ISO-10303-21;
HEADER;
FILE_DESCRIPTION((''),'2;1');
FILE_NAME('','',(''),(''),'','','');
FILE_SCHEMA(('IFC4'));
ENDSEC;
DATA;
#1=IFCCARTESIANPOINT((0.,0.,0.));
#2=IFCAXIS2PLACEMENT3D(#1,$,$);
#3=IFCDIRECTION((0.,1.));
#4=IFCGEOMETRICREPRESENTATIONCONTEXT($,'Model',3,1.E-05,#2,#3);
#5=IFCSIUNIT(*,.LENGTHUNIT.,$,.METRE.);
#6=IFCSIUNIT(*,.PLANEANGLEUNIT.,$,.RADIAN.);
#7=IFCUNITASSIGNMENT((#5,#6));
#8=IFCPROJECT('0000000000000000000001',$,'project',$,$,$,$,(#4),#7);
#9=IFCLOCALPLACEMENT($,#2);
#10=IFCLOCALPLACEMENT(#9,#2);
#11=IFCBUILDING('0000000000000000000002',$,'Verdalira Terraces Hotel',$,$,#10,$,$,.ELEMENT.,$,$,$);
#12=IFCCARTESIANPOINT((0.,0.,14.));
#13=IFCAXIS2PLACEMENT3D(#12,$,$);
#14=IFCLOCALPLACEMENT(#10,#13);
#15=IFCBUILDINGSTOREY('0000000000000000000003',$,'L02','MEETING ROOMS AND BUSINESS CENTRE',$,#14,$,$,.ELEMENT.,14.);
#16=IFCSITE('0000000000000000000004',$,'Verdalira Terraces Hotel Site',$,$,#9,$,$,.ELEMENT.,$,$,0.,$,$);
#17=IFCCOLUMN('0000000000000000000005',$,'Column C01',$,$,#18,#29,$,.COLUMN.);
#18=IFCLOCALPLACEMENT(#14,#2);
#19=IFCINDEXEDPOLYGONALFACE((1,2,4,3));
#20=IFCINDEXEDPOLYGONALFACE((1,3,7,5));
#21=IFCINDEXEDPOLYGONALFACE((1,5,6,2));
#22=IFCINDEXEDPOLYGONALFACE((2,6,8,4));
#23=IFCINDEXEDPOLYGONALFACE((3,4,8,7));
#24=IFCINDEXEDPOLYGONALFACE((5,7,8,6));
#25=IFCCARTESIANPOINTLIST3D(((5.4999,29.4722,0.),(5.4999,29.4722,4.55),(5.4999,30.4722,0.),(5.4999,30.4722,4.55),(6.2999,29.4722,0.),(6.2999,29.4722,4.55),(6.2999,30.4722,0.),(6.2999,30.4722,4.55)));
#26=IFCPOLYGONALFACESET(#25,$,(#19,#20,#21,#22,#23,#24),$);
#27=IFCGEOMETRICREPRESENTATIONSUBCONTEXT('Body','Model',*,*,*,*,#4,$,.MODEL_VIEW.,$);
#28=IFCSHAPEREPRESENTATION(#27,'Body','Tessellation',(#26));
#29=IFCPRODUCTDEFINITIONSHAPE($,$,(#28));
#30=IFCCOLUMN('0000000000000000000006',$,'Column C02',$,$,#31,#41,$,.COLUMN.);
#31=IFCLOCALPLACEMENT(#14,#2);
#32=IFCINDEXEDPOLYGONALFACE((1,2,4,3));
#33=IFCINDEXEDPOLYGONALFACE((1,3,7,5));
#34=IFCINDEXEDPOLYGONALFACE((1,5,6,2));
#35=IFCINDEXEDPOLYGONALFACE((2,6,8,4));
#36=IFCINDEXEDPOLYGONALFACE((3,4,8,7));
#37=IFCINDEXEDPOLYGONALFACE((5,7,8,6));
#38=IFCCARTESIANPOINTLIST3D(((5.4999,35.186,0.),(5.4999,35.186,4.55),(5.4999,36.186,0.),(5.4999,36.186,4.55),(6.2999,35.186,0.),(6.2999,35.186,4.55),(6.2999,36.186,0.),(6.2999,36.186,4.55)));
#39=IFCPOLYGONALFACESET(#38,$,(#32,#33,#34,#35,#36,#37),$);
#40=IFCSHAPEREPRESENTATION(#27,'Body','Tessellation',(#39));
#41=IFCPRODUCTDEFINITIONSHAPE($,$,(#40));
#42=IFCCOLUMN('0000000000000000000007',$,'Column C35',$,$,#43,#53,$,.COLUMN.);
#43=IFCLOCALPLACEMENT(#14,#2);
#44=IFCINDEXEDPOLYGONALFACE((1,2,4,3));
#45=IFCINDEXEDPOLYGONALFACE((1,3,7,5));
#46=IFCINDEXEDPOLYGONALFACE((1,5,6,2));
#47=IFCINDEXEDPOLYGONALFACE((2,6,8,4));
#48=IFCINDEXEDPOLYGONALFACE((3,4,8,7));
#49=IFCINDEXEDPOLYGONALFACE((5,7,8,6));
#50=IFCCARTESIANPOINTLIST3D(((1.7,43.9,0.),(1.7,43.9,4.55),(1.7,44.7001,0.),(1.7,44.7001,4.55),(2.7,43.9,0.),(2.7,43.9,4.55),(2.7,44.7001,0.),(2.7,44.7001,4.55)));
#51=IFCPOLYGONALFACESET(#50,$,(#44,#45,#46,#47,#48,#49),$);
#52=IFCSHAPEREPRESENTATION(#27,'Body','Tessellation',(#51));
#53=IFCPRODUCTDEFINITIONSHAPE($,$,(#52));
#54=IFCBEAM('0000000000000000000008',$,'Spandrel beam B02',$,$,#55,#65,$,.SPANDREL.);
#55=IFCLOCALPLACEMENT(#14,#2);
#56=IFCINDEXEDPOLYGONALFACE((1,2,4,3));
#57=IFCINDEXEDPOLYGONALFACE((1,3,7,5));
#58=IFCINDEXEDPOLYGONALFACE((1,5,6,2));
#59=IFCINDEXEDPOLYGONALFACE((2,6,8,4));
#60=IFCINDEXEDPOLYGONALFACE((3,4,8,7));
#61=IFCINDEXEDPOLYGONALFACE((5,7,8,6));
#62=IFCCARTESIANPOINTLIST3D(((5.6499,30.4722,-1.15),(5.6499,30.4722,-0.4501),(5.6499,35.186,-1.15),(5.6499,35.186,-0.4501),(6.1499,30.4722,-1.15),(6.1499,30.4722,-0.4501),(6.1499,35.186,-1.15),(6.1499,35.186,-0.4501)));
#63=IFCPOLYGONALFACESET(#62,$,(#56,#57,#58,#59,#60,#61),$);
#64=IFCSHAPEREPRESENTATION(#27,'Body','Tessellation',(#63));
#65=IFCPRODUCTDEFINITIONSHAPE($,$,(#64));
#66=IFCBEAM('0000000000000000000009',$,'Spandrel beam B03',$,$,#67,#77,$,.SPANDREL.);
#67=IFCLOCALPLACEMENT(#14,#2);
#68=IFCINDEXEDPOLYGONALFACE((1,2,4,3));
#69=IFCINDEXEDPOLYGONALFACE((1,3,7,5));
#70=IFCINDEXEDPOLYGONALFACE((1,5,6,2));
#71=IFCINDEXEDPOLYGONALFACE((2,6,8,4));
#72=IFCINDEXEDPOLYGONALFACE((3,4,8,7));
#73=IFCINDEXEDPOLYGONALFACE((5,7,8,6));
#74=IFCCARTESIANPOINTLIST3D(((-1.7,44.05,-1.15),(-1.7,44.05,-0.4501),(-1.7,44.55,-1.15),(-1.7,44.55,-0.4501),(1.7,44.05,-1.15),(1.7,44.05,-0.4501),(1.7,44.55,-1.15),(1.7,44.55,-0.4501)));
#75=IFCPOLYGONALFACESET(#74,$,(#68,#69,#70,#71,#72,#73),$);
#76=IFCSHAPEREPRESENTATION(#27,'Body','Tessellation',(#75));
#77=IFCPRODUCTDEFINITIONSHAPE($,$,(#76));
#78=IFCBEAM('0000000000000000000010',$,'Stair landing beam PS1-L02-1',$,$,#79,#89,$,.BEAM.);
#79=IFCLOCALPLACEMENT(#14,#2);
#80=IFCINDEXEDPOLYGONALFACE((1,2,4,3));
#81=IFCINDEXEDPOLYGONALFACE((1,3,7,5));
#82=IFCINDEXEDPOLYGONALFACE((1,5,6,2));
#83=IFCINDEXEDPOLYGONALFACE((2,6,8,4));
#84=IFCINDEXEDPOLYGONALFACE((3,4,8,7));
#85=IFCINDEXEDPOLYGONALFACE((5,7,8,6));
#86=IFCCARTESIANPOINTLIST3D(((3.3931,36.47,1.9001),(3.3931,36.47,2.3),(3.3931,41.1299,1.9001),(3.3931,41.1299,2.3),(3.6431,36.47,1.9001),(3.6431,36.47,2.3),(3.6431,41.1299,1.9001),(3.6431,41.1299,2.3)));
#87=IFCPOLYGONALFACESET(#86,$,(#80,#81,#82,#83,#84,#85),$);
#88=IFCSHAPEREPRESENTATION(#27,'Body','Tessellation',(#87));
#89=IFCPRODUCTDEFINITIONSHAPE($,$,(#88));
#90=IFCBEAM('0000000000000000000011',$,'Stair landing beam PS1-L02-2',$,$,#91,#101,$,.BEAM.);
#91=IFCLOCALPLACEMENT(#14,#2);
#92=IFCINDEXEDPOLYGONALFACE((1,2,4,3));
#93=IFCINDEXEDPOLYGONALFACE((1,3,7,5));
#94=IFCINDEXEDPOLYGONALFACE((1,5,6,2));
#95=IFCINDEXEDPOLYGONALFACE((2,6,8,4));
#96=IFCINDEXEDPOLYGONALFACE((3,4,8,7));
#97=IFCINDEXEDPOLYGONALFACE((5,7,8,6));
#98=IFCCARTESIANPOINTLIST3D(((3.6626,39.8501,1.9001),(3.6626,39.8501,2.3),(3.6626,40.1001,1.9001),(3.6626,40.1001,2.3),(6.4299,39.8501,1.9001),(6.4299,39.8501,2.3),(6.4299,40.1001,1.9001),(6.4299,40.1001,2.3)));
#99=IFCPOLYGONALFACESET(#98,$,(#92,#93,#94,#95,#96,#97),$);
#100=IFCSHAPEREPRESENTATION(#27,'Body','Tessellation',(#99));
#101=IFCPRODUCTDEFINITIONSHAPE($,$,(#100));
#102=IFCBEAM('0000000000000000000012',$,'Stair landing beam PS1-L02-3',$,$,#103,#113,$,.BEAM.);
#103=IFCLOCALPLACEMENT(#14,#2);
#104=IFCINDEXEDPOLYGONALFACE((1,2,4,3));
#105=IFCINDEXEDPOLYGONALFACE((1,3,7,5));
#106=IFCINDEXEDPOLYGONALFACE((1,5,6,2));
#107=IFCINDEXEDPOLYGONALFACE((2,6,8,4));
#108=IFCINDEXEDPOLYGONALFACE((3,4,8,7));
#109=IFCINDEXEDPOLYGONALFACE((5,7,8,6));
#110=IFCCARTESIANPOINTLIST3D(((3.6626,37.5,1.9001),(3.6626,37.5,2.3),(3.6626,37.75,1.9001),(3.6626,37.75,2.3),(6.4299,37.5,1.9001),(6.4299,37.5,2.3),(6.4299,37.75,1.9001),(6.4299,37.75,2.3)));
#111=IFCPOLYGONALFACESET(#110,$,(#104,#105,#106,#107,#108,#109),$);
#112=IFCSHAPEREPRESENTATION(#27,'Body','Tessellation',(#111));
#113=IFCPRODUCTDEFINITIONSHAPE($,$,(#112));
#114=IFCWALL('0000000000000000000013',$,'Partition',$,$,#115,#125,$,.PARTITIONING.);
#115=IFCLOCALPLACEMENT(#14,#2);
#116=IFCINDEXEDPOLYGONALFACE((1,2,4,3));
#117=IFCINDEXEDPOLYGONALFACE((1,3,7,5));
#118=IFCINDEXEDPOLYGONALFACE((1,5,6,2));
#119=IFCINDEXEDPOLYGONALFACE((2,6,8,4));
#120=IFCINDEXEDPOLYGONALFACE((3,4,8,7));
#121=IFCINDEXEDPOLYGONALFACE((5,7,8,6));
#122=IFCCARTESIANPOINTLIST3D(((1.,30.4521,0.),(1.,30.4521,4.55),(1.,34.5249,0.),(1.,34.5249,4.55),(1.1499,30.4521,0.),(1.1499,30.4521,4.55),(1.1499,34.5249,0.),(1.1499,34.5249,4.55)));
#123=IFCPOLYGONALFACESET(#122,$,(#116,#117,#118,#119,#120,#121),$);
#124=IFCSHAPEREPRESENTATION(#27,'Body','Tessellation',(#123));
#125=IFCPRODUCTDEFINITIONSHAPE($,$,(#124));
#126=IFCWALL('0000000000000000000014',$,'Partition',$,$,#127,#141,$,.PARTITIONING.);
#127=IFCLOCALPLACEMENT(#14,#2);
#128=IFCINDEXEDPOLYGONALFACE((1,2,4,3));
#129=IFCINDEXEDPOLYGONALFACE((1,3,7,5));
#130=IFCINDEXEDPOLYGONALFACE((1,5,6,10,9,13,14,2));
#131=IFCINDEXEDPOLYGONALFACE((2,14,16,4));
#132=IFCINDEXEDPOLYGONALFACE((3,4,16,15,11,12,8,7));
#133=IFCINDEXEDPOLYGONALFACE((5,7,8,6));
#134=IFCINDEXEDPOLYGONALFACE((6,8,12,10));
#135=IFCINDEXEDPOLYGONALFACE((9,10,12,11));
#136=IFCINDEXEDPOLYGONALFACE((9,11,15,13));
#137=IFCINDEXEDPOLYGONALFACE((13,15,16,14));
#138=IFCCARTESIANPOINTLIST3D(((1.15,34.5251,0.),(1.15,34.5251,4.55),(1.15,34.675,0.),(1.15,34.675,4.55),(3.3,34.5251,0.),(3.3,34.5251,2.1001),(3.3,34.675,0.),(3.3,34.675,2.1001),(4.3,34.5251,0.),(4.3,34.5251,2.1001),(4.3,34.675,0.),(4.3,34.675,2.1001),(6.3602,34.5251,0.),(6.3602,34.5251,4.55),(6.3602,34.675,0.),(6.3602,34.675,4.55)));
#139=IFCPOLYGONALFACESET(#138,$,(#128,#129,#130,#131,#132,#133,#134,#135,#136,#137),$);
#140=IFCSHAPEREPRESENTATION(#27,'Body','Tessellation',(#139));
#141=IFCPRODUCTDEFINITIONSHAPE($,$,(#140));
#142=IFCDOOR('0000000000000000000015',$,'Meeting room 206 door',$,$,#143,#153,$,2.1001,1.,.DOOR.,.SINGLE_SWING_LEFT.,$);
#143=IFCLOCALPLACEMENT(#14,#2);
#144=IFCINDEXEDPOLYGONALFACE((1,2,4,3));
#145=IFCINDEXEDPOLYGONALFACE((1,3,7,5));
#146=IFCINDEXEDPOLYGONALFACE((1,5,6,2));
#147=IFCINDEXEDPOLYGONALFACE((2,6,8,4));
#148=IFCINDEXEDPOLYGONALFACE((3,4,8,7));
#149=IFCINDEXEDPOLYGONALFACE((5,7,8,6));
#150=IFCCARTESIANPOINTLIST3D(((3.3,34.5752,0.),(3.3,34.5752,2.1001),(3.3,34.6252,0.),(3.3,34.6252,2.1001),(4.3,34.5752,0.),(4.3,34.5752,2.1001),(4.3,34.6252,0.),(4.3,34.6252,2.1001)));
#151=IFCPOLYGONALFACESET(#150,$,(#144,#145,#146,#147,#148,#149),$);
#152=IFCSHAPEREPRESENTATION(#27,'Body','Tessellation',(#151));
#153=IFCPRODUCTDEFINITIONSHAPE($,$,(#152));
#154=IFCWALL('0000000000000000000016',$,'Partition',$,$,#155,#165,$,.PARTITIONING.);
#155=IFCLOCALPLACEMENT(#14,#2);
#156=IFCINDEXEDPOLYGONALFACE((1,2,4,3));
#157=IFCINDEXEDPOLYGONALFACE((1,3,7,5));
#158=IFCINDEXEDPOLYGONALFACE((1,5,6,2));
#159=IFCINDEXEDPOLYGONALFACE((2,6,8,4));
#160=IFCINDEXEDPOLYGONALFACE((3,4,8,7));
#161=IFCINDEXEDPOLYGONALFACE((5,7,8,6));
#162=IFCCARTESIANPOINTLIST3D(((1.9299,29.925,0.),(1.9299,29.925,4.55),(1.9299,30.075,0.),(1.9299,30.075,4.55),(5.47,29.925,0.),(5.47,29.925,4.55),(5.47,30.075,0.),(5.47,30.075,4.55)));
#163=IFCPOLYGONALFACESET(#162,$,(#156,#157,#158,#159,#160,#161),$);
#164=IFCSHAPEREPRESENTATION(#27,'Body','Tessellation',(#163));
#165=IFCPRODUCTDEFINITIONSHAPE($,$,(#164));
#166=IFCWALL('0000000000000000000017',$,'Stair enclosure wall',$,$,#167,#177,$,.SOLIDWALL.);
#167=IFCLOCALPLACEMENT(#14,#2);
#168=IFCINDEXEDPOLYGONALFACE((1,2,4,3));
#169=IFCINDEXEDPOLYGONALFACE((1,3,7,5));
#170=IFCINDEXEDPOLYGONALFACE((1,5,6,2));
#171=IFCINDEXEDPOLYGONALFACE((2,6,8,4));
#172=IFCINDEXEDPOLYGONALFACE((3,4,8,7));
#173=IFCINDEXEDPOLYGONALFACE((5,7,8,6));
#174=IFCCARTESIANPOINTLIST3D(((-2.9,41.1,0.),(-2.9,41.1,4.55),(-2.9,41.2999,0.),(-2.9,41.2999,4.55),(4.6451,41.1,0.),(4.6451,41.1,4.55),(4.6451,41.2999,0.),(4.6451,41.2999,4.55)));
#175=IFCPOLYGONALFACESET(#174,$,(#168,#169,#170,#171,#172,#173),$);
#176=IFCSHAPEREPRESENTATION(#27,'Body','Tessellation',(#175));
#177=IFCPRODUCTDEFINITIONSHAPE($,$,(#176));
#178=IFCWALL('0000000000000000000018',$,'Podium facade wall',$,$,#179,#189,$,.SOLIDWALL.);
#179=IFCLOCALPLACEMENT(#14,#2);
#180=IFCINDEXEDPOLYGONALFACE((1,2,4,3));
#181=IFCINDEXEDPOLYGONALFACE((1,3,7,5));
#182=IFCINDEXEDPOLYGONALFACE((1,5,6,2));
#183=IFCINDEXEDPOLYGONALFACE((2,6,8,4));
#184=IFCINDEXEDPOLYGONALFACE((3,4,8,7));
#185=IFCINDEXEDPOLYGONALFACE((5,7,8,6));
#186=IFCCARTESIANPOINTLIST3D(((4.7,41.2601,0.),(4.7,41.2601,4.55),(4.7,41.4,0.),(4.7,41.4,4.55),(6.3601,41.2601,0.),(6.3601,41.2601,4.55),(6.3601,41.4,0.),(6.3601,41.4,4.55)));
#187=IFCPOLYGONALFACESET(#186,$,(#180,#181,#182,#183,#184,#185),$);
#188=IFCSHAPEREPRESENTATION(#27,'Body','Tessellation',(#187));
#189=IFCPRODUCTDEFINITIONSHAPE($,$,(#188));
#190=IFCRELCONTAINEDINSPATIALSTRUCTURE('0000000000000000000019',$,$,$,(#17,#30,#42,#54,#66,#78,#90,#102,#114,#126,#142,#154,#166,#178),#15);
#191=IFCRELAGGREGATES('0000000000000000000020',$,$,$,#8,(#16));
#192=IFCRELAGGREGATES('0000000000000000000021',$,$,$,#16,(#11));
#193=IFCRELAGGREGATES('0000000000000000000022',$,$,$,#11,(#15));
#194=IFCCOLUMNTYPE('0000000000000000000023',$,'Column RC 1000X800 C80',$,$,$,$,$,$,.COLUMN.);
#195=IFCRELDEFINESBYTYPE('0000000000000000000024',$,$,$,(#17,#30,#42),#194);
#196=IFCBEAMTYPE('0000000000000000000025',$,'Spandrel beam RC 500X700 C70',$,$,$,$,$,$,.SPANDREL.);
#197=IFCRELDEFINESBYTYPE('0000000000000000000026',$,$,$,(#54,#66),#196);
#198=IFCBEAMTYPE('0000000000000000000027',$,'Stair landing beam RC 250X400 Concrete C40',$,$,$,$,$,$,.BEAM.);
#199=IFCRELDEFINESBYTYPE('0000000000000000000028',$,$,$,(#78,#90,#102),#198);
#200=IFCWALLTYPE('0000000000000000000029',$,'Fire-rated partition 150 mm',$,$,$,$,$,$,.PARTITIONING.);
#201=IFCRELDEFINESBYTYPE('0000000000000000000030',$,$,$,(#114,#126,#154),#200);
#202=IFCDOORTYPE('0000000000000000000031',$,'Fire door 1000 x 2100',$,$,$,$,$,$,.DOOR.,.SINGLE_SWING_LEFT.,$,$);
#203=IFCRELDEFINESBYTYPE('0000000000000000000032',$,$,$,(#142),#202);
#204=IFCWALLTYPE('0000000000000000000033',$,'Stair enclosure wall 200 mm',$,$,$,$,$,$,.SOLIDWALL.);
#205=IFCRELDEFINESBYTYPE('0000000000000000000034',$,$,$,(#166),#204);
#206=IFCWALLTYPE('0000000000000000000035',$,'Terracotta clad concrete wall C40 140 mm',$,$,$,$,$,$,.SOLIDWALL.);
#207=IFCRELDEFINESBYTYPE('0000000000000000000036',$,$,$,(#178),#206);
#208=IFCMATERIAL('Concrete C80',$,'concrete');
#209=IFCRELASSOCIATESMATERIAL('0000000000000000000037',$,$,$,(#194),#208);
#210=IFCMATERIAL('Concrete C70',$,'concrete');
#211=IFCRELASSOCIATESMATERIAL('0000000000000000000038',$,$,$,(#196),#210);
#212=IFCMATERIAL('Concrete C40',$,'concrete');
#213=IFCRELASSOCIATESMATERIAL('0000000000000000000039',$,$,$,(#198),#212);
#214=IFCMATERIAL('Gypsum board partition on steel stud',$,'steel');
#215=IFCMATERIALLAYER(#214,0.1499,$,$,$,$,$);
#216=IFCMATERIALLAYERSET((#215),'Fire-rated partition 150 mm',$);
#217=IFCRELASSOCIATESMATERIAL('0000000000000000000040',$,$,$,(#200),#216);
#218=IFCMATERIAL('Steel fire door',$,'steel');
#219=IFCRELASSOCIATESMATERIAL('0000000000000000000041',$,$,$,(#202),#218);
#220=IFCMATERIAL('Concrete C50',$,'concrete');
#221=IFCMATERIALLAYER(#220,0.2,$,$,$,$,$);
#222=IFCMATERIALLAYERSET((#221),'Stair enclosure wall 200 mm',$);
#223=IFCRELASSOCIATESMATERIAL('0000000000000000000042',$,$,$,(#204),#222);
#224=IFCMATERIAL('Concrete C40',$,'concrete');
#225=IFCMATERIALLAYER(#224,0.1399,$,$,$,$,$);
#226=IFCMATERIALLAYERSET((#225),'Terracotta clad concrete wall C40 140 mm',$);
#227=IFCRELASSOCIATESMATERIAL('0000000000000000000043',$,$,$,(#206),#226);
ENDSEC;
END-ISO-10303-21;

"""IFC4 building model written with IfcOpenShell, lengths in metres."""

from ifc_helpers import new_model, si_unit, direction, frame, frame_2d, origin, origin_2d, place, context, subcontext, project, spatial, rectangle, extrude, material, layer, layer_set, material_profile, profile_set, type_object, element, fill, save


model = new_model("IFC4")

# Units and contexts
model_context = context("Model", 3, precision=1e-05, world=origin(), true_north=direction((0.0, 1.0)))
body_context = subcontext(model_context, "Body", "Model", "MODEL_VIEW")
ifc_project = project(units=[si_unit("LENGTHUNIT", "METRE"), si_unit("PLANEANGLEUNIT", "RADIAN")], contexts=[model_context])

# Site, building, storey
site_placement = place(None, origin())
site = spatial("IfcSite", under=ifc_project, at=site_placement, Name="Verdalira Terraces Hotel Site", CompositionType="ELEMENT", RefElevation=0.0)
building_placement = place(site_placement, origin())
building = spatial("IfcBuilding", under=site, at=building_placement, Name="Verdalira Terraces Hotel", CompositionType="ELEMENT")
storey_placement = place(building_placement, frame((0.0, 0.0, 14.0)))
storey = spatial("IfcBuildingStorey", under=building, at=storey_placement, Name="L02", Description="MEETING ROOMS AND BUSINESS CENTRE", CompositionType="ELEMENT", Elevation=14.0)

# Columns
ifc_material_1 = material(Name="Concrete C80", Category="concrete")
ifc_material_profile_1 = material_profile(ifc_material_1, rectangle(XDim=1.0, YDim=0.8, at=origin_2d()), Name="RC 1000X800")
ifc_profile_set_1 = profile_set([ifc_material_profile_1], Name="Concrete C80")
column_type = type_object("IfcColumnType", Name="Column RC 1000X800 C80", PredefinedType="COLUMN", material=ifc_profile_set_1)
for number, where, z_axis, x_axis, name in (
    (1, (5.8999, 29.9722, 0.0), (0.0, 0.0, 1.0), (0.0, 1.0, 0.0), "Column C01"),
    (2, (5.8999, 35.686, 0.0), (0.0, 0.0, 1.0), (0.0, 1.0, 0.0), "Column C02"),
    (3, (2.2, 44.3, 0.0), (0.0, 0.0, 1.0), (-1.0, 0.0, 0.0), "Column C35"),
):
    element("IfcColumn", number, at=place(storey_placement, frame(where, z_axis=z_axis, x_axis=x_axis)), inside=storey, type_object=column_type, Name=name, PredefinedType="COLUMN", context=body_context, shape_type="SweptSolid", body=[
        extrude(rectangle(XDim=1.0, YDim=0.8, at=origin_2d()), origin(), (0.0, 0.0, 1.0), 4.55),
    ])

# Beams
ifc_material_2 = material(Name="Concrete C70", Category="concrete")
ifc_material_profile_2 = material_profile(ifc_material_2, rectangle(XDim=0.5, YDim=0.7, at=origin_2d()), Name="RC 500X700")
ifc_profile_set_2 = profile_set([ifc_material_profile_2], Name="Concrete C70")
beam_type_1 = type_object("IfcBeamType", Name="Spandrel beam RC 500X700 C70", PredefinedType="SPANDREL", material=ifc_profile_set_2)
beam_1_placement = place(storey_placement, frame((5.8999, 30.4722, -0.8), z_axis=(0.0, 1.0, 0.0), x_axis=(-1.0, 0.0, 0.0)))
element("IfcBeam", 4, at=beam_1_placement, inside=storey, type_object=beam_type_1, Name="Spandrel beam B02", PredefinedType="SPANDREL", context=body_context, shape_type="SweptSolid", body=[
    extrude(rectangle(XDim=0.5, YDim=0.7, at=origin_2d()), origin(), (0.0, 0.0, 1.0), 4.7139),
])
beam_2_placement = place(storey_placement, frame((1.7, 44.3, -0.8), z_axis=(-1.0, 0.0, 0.0), x_axis=(0.0, -1.0, 0.0)))
element("IfcBeam", 5, at=beam_2_placement, inside=storey, type_object=beam_type_1, Name="Spandrel beam B03", PredefinedType="SPANDREL", context=body_context, shape_type="SweptSolid", body=[
    extrude(rectangle(XDim=0.5, YDim=0.7, at=origin_2d()), origin(), (0.0, 0.0, 1.0), 3.3999),
])
ifc_material_3 = material(Name="Concrete C40", Category="concrete")
ifc_material_profile_3 = material_profile(ifc_material_3, rectangle(XDim=0.25, YDim=0.3999, at=origin_2d()), Name="RC 250X400")
ifc_profile_set_3 = profile_set([ifc_material_profile_3], Name="Concrete C40")
beam_type_2 = type_object("IfcBeamType", Name="Stair landing beam RC 250X400 Concrete C40", PredefinedType="BEAM", material=ifc_profile_set_3)
beam_3_placement = place(storey_placement, frame((3.5181, 36.47, 2.1001), z_axis=(0.0, 1.0, 0.0), x_axis=(-1.0, 0.0, 0.0)))
element("IfcBeam", 6, at=beam_3_placement, inside=storey, type_object=beam_type_2, Name="Stair landing beam PS1-L02-1", PredefinedType="BEAM", context=body_context, shape_type="SweptSolid", body=[
    extrude(rectangle(XDim=0.25, YDim=0.3999, at=origin_2d()), origin(), (0.0, 0.0, 1.0), 4.6599),
])
for number, where, z_axis, x_axis, name in (
    (7, (3.6626, 39.9751, 2.1001), (1.0, 0.0, 0.0), (0.0, 1.0, 0.0), "Stair landing beam PS1-L02-2"),
    (8, (3.6626, 37.625, 2.1001), (1.0, 0.0, 0.0), (0.0, 1.0, 0.0), "Stair landing beam PS1-L02-3"),
):
    element("IfcBeam", number, at=place(storey_placement, frame(where, z_axis=z_axis, x_axis=x_axis)), inside=storey, type_object=beam_type_2, Name=name, PredefinedType="BEAM", context=body_context, shape_type="SweptSolid", body=[
        extrude(rectangle(XDim=0.25, YDim=0.3999, at=origin_2d()), origin(), (0.0, 0.0, 1.0), 2.7673),
    ])

# Wall
ifc_material_4 = material(Name="Gypsum board partition on steel stud", Category="steel")
ifc_layer_1 = layer(ifc_material_4, 0.1499)
ifc_layer_set_1 = layer_set([ifc_layer_1], Name="Fire-rated partition 150 mm")
wall_type_1 = type_object("IfcWallType", Name="Fire-rated partition 150 mm", PredefinedType="PARTITIONING", material=ifc_layer_set_1)
wall_1_placement = place(storey_placement, frame((1.075, 30.4521, 0.0), z_axis=(0.0, 0.0, 1.0), x_axis=(0.0, 1.0, 0.0)))
element("IfcWall", 9, at=wall_1_placement, inside=storey, type_object=wall_type_1, Name="Partition", PredefinedType="PARTITIONING", context=body_context, shape_type="SweptSolid", body=[
    extrude(rectangle(XDim=4.0728, YDim=0.1499, at=frame_2d((2.0364, 0.0))), origin(), (0.0, 0.0, 1.0), 4.55),
])

# Wall, opening, door
wall_2_placement = place(storey_placement, frame((6.3601, 34.6001, 0.0), z_axis=(0.0, 0.0, 1.0), x_axis=(-1.0, 0.0, 0.0)))
wall_2 = element("IfcWall", 10, at=wall_2_placement, inside=storey, type_object=wall_type_1, Name="Partition", PredefinedType="PARTITIONING", context=body_context, shape_type="SweptSolid", body=[
    extrude(rectangle(XDim=5.2102, YDim=0.1499, at=frame_2d((2.605, 0.0))), origin(), (0.0, 0.0, 1.0), 4.55),
])
opening_placement = place(wall_2_placement, frame((2.0601, 0.0, 0.0)))
opening = element("IfcOpeningElement", 11, at=opening_placement, cuts=wall_2, PredefinedType="OPENING", context=body_context, shape_type="SweptSolid", body=[
    extrude(rectangle(XDim=1.0, YDim=2.1001, at=frame_2d((0.5, 1.05))), frame((0.0, 0.085, 0.0), z_axis=(0.0, -1.0, 0.0), x_axis=(1.0, 0.0, 0.0)), (0.0, 0.0, 1.0), 0.1699),
])
ifc_material_5 = material(Name="Steel fire door", Category="steel")
door_type = type_object("IfcDoorType", Name="Fire door 1000 x 2100", OperationType="SINGLE_SWING_LEFT", PredefinedType="DOOR", material=ifc_material_5)
door_placement = place(opening_placement, origin())
door = element("IfcDoor", 12, at=door_placement, inside=storey, type_object=door_type, Name="Meeting room 206 door", OperationType="SINGLE_SWING_LEFT", OverallHeight=2.1001, OverallWidth=1.0, PredefinedType="DOOR", context=body_context, shape_type="SweptSolid", body=[
    extrude(rectangle(XDim=1.0, YDim=2.1001, at=frame_2d((0.5, 1.05))), frame((0.0, 0.0249, 0.0), z_axis=(0.0, -1.0, 0.0), x_axis=(1.0, 0.0, 0.0)), (0.0, 0.0, 1.0), 0.05),
])
fill(opening, door)

# Walls
wall_3_placement = place(storey_placement, frame((5.47, 30.0, 0.0), z_axis=(0.0, 0.0, 1.0), x_axis=(-1.0, 0.0, 0.0)))
element("IfcWall", 13, at=wall_3_placement, inside=storey, type_object=wall_type_1, Name="Partition", PredefinedType="PARTITIONING", context=body_context, shape_type="SweptSolid", body=[
    extrude(rectangle(XDim=3.54, YDim=0.1499, at=frame_2d((1.77, 0.0))), origin(), (0.0, 0.0, 1.0), 4.55),
])
ifc_material_6 = material(Name="Concrete C50", Category="concrete")
ifc_layer_2 = layer(ifc_material_6, 0.2)
ifc_layer_set_2 = layer_set([ifc_layer_2], Name="Stair enclosure wall 200 mm")
wall_type_2 = type_object("IfcWallType", Name="Stair enclosure wall 200 mm", PredefinedType="SOLIDWALL", material=ifc_layer_set_2)
wall_4_placement = place(storey_placement, frame((4.645, 41.2, 0.0), z_axis=(0.0, 0.0, 1.0), x_axis=(-1.0, 0.0, 0.0)))
element("IfcWall", 14, at=wall_4_placement, inside=storey, type_object=wall_type_2, Name="Stair enclosure wall", PredefinedType="SOLIDWALL", context=body_context, shape_type="SweptSolid", body=[
    extrude(rectangle(XDim=7.5452, YDim=0.2, at=frame_2d((3.7725, 0.0))), origin(), (0.0, 0.0, 1.0), 4.55),
])
ifc_material_7 = material(Name="Concrete C40", Category="concrete")
ifc_layer_3 = layer(ifc_material_7, 0.1399)
ifc_layer_set_3 = layer_set([ifc_layer_3], Name="Terracotta clad concrete wall C40 140 mm")
wall_type_3 = type_object("IfcWallType", Name="Terracotta clad concrete wall C40 140 mm", PredefinedType="SOLIDWALL", material=ifc_layer_set_3)
wall_5_placement = place(storey_placement, frame((6.3601, 41.3301, 0.0), z_axis=(0.0, 0.0, 1.0), x_axis=(-1.0, 0.0, 0.0)))
element("IfcWall", 15, at=wall_5_placement, inside=storey, type_object=wall_type_3, Name="Podium facade wall", PredefinedType="SOLIDWALL", context=body_context, shape_type="SweptSolid", body=[
    extrude(rectangle(XDim=1.6602, YDim=0.1399, at=frame_2d((0.8301, 0.0))), origin(), (0.0, 0.0, 1.0), 4.55),
])

save(model, "model.ifc")
